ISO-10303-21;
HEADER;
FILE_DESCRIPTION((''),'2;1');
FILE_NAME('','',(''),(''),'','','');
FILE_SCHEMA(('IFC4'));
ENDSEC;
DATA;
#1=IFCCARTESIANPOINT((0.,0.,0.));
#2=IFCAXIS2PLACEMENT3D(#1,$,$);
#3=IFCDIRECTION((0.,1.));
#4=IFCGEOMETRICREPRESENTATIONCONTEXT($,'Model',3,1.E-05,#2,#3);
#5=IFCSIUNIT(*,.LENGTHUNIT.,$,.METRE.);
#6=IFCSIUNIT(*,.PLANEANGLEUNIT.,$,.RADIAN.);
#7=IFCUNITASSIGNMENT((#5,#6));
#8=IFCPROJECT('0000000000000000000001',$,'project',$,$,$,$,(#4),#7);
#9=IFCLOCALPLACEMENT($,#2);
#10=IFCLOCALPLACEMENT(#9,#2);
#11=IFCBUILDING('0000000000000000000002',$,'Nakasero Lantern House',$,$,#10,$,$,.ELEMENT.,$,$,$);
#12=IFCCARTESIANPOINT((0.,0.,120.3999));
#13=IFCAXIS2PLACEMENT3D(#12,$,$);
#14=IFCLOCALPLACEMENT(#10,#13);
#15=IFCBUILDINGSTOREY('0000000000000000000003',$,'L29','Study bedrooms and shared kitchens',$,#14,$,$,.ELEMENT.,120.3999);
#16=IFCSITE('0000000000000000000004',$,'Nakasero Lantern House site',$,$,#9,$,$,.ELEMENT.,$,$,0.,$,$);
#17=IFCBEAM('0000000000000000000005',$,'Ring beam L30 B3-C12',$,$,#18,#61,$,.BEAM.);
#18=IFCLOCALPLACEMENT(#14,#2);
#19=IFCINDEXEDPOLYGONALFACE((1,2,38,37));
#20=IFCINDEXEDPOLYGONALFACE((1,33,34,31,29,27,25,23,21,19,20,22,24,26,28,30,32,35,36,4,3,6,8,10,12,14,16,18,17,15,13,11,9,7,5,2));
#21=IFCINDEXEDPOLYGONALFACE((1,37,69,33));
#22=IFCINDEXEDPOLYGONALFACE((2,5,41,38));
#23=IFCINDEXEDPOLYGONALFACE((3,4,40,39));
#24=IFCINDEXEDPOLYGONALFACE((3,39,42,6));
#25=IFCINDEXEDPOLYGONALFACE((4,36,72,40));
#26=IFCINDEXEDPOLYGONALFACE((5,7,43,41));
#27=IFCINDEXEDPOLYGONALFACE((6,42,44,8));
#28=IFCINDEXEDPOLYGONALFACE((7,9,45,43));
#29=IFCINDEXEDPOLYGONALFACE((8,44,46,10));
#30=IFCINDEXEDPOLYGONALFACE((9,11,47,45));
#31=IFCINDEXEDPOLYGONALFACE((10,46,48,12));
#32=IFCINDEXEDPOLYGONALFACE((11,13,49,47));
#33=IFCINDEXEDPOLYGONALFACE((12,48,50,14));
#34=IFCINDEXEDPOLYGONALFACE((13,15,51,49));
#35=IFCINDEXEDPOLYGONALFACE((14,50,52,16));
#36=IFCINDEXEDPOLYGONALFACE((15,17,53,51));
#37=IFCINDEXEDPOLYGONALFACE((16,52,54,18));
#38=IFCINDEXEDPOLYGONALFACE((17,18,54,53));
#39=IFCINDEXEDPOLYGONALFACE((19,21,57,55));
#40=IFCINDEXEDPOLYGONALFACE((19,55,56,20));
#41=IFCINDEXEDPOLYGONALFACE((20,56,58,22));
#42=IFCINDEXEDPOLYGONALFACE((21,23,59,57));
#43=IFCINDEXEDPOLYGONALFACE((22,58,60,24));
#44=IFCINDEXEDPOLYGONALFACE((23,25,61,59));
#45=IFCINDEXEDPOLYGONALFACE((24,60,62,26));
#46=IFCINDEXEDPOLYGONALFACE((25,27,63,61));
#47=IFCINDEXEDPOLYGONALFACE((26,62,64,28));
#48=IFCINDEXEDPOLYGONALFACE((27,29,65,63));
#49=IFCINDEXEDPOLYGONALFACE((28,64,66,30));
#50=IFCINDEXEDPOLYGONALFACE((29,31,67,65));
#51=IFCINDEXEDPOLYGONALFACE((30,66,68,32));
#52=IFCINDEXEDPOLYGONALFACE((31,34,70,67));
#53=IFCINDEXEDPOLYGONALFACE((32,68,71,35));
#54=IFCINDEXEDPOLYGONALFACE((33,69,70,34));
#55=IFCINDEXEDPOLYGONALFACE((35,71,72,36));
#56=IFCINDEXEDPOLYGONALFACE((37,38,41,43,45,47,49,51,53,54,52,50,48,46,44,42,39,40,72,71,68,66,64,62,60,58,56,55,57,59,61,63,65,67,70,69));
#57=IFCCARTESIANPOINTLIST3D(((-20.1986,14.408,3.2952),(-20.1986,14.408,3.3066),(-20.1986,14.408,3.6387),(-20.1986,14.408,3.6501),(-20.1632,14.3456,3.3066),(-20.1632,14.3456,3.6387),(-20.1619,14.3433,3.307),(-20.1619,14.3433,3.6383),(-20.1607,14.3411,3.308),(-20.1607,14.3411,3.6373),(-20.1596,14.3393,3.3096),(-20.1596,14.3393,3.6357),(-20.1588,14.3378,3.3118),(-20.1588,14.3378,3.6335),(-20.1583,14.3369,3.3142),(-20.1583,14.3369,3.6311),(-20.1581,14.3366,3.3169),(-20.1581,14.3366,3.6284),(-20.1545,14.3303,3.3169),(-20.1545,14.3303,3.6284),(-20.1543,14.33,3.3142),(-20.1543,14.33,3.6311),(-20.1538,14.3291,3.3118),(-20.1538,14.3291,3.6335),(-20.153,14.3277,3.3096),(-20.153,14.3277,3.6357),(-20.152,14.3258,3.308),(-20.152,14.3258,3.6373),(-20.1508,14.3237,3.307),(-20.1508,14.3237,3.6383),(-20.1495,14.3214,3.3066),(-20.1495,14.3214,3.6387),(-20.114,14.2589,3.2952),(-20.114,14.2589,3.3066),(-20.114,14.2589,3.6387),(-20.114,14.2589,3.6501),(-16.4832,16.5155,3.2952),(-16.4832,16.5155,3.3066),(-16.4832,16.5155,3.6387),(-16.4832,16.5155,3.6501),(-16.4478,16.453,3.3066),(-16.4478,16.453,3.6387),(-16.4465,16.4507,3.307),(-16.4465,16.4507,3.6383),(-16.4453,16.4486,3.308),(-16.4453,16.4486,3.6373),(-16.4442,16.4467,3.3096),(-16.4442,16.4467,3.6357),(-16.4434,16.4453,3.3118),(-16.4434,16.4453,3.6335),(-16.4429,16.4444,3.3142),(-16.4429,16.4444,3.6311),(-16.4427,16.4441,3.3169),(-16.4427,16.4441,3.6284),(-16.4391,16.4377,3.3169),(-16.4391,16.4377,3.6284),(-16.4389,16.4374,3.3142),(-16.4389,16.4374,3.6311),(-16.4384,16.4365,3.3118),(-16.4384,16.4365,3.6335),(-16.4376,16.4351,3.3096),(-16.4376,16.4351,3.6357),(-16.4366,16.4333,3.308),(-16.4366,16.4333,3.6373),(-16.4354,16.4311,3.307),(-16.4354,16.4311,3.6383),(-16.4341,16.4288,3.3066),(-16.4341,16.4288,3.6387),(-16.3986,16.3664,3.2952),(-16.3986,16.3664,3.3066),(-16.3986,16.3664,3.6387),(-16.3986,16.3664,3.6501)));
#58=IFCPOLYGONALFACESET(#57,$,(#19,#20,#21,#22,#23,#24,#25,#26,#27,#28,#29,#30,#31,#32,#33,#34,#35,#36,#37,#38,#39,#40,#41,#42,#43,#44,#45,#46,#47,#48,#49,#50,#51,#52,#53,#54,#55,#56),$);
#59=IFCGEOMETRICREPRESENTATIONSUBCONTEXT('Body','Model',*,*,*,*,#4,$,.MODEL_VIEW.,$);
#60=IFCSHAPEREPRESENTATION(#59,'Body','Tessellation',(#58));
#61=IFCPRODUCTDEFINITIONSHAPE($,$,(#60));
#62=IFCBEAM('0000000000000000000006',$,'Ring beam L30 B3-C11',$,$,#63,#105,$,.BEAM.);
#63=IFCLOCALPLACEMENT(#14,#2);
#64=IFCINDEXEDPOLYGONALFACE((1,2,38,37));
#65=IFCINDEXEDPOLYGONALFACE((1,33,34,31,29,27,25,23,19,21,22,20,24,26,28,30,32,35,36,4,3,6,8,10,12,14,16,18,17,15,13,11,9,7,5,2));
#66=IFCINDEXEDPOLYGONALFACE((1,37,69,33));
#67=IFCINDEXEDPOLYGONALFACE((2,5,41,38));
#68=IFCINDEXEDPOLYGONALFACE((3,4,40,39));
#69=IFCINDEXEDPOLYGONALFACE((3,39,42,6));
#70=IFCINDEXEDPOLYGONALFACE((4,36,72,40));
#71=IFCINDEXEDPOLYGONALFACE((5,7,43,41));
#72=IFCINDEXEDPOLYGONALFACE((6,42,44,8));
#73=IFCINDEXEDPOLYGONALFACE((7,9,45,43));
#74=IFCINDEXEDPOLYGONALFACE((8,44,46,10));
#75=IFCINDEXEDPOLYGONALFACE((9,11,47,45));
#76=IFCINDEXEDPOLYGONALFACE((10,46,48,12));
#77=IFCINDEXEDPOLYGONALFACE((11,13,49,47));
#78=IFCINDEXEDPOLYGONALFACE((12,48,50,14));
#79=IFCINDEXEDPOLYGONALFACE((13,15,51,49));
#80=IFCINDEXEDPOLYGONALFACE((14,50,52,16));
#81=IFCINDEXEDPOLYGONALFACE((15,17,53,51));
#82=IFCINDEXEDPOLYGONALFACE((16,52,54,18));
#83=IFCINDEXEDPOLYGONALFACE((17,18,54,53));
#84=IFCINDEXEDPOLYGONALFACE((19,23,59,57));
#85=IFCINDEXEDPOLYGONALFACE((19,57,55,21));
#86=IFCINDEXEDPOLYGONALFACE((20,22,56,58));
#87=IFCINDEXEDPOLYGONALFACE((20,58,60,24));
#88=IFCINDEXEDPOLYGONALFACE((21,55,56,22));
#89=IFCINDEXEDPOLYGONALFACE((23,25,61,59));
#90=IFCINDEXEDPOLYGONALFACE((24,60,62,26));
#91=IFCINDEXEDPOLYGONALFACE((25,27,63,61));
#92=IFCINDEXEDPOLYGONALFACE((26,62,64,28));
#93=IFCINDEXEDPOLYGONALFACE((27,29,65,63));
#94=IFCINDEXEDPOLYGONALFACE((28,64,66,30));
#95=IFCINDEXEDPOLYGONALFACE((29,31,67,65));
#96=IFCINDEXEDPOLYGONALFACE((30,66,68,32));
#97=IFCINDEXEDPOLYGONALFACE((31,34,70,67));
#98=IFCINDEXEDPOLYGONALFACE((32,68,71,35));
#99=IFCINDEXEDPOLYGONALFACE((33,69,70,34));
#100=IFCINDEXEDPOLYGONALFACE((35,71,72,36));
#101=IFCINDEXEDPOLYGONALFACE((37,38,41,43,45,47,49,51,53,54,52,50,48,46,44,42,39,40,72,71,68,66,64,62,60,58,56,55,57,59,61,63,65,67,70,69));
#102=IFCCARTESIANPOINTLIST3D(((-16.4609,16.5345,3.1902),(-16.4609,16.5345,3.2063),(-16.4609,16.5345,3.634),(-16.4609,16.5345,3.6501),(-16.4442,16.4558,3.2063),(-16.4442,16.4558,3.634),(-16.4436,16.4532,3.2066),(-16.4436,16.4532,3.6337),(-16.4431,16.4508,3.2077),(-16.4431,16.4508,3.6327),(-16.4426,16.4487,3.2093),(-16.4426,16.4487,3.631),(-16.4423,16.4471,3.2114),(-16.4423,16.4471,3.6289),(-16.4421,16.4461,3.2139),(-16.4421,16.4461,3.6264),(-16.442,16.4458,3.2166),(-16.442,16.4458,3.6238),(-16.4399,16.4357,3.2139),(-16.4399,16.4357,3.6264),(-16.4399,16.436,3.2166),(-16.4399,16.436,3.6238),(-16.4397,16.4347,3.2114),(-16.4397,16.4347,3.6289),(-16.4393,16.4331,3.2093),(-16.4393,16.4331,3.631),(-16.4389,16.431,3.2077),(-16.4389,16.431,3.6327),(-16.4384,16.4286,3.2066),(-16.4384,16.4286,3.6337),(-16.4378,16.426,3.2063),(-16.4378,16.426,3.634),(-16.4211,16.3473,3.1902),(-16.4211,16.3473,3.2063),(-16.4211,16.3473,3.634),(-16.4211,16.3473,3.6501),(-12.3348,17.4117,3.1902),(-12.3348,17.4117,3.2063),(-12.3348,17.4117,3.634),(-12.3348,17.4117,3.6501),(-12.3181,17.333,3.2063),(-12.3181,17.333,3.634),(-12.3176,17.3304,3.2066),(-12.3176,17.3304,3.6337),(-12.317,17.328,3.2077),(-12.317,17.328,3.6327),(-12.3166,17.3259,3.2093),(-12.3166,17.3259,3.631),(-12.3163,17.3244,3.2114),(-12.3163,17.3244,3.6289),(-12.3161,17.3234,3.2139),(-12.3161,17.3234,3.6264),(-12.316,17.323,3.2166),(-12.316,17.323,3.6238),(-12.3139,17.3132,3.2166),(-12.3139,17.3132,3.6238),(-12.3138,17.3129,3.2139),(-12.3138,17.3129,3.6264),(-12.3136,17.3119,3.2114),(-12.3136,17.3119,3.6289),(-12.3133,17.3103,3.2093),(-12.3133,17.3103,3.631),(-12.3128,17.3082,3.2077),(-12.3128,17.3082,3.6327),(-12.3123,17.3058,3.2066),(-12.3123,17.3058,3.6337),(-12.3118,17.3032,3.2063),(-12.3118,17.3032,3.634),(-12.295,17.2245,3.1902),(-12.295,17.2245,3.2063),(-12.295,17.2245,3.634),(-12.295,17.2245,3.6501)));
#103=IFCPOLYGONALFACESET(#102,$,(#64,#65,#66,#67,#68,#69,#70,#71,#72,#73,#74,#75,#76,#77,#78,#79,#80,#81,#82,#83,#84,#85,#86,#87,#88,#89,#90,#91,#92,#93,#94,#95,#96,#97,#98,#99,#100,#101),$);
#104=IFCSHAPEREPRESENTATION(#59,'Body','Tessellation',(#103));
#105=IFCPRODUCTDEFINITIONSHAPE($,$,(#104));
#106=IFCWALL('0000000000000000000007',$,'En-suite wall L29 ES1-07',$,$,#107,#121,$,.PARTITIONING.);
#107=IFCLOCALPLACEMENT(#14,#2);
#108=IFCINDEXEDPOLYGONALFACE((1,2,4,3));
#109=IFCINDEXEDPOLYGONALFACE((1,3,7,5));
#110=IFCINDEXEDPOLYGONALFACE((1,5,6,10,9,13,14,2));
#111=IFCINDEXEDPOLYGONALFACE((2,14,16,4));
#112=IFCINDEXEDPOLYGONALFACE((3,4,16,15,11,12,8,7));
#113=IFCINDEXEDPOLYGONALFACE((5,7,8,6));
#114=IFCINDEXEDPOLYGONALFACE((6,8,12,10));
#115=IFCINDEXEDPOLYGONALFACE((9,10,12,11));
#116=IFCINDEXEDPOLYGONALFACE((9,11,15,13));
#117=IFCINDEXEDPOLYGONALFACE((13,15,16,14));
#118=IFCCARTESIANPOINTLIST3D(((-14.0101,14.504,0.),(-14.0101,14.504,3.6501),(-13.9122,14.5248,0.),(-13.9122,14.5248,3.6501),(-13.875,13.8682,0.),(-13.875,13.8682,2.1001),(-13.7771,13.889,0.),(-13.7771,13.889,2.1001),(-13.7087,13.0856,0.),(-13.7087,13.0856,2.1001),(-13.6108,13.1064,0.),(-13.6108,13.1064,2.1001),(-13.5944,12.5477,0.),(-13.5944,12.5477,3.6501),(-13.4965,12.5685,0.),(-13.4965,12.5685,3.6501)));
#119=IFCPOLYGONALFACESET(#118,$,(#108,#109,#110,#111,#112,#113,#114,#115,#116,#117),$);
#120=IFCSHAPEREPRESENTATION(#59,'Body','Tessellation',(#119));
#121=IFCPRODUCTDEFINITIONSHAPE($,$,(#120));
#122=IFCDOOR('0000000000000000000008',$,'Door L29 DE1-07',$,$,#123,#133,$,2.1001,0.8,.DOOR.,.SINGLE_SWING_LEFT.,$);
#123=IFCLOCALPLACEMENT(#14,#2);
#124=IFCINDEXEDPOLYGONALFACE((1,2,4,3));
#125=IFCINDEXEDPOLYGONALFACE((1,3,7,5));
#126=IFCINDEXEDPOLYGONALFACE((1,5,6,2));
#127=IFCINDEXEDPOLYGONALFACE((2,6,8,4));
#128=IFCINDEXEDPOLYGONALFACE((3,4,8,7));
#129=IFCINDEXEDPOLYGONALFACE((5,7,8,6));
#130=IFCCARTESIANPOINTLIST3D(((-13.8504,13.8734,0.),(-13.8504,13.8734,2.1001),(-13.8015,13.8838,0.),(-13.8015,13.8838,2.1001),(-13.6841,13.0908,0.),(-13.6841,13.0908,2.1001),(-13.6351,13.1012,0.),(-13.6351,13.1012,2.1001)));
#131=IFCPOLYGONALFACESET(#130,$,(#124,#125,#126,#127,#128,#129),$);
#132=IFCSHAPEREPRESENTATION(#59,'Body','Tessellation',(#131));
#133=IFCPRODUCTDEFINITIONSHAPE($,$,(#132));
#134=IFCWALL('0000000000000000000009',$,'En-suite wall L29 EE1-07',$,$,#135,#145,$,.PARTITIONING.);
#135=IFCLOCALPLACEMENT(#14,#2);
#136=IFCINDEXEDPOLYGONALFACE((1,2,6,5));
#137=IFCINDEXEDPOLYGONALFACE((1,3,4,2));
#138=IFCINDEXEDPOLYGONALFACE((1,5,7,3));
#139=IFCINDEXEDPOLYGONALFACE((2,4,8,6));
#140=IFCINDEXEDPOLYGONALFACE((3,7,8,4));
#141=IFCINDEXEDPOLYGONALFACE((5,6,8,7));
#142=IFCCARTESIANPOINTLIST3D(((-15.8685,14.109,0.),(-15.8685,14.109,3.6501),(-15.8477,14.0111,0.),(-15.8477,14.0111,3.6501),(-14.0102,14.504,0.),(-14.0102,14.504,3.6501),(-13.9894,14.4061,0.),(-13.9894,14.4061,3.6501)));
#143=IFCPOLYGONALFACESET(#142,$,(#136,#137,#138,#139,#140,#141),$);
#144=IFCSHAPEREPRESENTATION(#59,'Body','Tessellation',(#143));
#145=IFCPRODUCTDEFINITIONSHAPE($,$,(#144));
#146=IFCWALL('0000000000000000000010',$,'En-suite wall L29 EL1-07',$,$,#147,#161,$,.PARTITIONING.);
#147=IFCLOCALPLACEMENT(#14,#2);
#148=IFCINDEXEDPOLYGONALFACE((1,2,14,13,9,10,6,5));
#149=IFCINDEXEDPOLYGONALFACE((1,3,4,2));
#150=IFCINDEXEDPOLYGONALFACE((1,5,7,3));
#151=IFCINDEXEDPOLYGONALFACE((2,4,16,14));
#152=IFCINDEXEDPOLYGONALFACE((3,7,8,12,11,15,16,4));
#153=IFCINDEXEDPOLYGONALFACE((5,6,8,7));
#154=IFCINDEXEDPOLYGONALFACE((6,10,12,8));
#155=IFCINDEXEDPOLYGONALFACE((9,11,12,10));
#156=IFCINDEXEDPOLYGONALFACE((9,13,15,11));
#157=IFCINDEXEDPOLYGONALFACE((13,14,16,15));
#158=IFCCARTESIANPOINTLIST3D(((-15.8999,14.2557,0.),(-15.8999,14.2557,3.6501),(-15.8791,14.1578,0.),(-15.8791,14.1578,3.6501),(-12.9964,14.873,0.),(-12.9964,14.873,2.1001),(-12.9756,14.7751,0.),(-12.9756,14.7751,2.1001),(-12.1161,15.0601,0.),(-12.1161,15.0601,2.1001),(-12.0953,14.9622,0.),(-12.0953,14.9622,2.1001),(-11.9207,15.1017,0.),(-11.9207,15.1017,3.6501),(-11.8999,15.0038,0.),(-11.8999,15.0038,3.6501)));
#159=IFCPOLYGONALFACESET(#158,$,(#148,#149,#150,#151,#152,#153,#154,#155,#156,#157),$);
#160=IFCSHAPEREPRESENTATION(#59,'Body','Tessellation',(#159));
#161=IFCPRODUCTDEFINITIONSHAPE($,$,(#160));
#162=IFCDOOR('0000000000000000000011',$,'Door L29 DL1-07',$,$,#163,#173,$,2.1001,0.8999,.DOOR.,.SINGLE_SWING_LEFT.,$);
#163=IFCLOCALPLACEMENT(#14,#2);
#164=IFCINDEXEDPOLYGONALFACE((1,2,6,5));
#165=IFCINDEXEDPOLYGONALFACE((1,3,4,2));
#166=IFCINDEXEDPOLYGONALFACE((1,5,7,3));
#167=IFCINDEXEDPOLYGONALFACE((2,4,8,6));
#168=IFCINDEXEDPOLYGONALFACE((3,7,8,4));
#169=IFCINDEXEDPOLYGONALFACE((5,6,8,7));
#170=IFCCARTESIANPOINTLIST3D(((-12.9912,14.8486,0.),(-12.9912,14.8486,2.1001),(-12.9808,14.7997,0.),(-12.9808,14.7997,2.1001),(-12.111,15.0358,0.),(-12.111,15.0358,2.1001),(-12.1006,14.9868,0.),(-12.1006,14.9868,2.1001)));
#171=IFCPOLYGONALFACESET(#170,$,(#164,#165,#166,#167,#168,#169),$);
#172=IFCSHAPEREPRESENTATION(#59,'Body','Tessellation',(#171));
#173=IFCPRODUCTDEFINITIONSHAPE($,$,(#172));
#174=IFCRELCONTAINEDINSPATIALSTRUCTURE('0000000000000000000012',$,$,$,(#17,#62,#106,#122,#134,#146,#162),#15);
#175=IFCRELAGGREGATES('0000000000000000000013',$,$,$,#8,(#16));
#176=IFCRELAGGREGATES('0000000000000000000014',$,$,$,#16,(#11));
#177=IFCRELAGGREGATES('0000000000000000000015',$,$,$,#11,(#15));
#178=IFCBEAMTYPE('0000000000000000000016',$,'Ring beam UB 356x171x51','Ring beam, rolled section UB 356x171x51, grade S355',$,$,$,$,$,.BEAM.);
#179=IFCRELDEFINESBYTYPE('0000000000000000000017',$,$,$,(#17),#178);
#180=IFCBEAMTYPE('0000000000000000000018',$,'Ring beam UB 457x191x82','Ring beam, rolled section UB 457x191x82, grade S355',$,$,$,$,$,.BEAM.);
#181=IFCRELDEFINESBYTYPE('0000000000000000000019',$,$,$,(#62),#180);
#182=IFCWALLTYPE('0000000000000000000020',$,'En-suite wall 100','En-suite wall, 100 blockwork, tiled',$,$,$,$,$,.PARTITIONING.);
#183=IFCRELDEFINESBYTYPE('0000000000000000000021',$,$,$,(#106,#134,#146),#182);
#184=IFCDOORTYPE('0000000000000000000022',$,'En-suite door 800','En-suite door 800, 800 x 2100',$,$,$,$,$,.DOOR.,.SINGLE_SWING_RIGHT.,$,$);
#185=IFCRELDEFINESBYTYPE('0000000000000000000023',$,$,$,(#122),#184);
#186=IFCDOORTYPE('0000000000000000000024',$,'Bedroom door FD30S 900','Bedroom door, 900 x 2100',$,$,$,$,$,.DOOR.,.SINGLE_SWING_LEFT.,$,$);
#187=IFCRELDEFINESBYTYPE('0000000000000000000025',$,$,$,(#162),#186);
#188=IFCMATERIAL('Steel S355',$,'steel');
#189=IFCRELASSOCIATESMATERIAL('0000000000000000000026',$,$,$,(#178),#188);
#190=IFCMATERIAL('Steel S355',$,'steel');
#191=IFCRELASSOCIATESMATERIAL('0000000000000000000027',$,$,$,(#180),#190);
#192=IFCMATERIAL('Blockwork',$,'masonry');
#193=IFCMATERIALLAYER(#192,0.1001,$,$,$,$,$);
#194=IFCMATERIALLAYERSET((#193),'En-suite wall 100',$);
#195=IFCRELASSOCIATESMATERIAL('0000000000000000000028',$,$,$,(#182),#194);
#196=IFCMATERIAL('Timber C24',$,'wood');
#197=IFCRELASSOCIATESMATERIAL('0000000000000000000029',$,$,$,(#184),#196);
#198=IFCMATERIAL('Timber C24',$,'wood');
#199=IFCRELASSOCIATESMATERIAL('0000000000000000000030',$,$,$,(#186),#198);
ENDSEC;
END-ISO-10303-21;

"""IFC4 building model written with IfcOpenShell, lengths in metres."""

from ifc_helpers import new_model, si_unit, direction, frame, frame_2d, origin, origin_2d, place, context, subcontext, project, spatial, rectangle, i_section, extrude, material, layer, layer_set, material_profile, profile_set, type_object, element, fill, save


model = new_model("IFC4")

# Units and contexts
model_context = context("Model", 3, precision=1e-05, world=origin(), true_north=direction((0.0, 1.0)))
body_context = subcontext(model_context, "Body", "Model", "MODEL_VIEW")
ifc_project = project(units=[si_unit("LENGTHUNIT", "METRE"), si_unit("PLANEANGLEUNIT", "RADIAN")], contexts=[model_context])

# Site, building, storey
site_placement = place(None, origin())
site = spatial("IfcSite", under=ifc_project, at=site_placement, Name="Nakasero Lantern House site", CompositionType="ELEMENT", RefElevation=0.0)
building_placement = place(site_placement, origin())
building = spatial("IfcBuilding", under=site, at=building_placement, Name="Nakasero Lantern House", CompositionType="ELEMENT")
storey_placement = place(building_placement, frame((0.0, 0.0, 120.3999)))
storey = spatial("IfcBuildingStorey", under=building, at=storey_placement, Name="L29", Description="Study bedrooms and shared kitchens", CompositionType="ELEMENT", Elevation=120.3999)

# Beams
ifc_material_1 = material(Name="Steel S355", Category="steel")
ifc_material_profile_1 = material_profile(ifc_material_1, i_section(OverallWidth=0.1714, OverallDepth=0.355, WebThickness=0.0073, FlangeThickness=0.0115, FilletRadius=0.0103, at=origin_2d()), Name="UB 356x171x51")
ifc_profile_set_1 = profile_set([ifc_material_profile_1], Name="Steel S355")
beam_type_1 = type_object("IfcBeamType", Name="Ring beam UB 356x171x51", Description="Ring beam, rolled section UB 356x171x51, grade S355", PredefinedType="BEAM", material=ifc_profile_set_1)
beam_1_placement = place(storey_placement, frame((-16.4409, 16.4409, 3.4727), z_axis=(-0.869815, -0.493379, 0.0), x_axis=(0.493379, -0.869815, 0.0)))
element("IfcBeam", 1, at=beam_1_placement, inside=storey, type_object=beam_type_1, Name="Ring beam L30 B3-C12", PredefinedType="BEAM", context=body_context, shape_type="SweptSolid", body=[
    extrude(i_section(OverallWidth=0.1714, OverallDepth=0.355, WebThickness=0.0073, FlangeThickness=0.0115, FilletRadius=0.0103, at=origin_2d()), origin(), (0.0, 0.0, 1.0), 4.2715),
])
ifc_material_2 = material(Name="Steel S355", Category="steel")
ifc_material_profile_2 = material_profile(ifc_material_2, i_section(OverallWidth=0.1914, OverallDepth=0.46, WebThickness=0.01, FlangeThickness=0.0161, FilletRadius=0.0103, at=origin_2d()), Name="UB 457x191x82")
ifc_profile_set_2 = profile_set([ifc_material_profile_2], Name="Steel S355")
beam_type_2 = type_object("IfcBeamType", Name="Ring beam UB 457x191x82", Description="Ring beam, rolled section UB 457x191x82, grade S355", PredefinedType="BEAM", material=ifc_profile_set_2)
beam_2_placement = place(storey_placement, frame((-12.3149, 17.3181, 3.4202), z_axis=(-0.978138, -0.207956, 0.0), x_axis=(0.207956, -0.978138, 0.0)))
element("IfcBeam", 2, at=beam_2_placement, inside=storey, type_object=beam_type_2, Name="Ring beam L30 B3-C11", PredefinedType="BEAM", context=body_context, shape_type="SweptSolid", body=[
    extrude(i_section(OverallWidth=0.1914, OverallDepth=0.46, WebThickness=0.01, FlangeThickness=0.0161, FilletRadius=0.0103, at=origin_2d()), origin(), (0.0, 0.0, 1.0), 4.2183),
])

# Wall, opening, door
ifc_material_3 = material(Name="Blockwork", Category="masonry")
ifc_layer_1 = layer(ifc_material_3, 0.1001)
ifc_layer_set_1 = layer_set([ifc_layer_1], Name="En-suite wall 100")
wall_type_1 = type_object("IfcWallType", Name="En-suite wall 100", Description="En-suite wall, 100 blockwork, tiled", PredefinedType="PARTITIONING", material=ifc_layer_set_1)
wall_1_placement = place(storey_placement, frame((-13.5454, 12.5581, 0.0), z_axis=(0.0, 0.0, 1.0), x_axis=(-0.207886, 0.978153, 0.0)))
wall_1 = element("IfcWall", 3, at=wall_1_placement, inside=storey, type_object=wall_type_1, Name="En-suite wall L29 ES1-07", PredefinedType="PARTITIONING", context=body_context, shape_type="SweptSolid", body=[
    extrude(rectangle(XDim=2.0, YDim=0.1001, at=frame_2d((1.0, 0.0))), origin(), (0.0, 0.0, 1.0), 3.6501),
])
opening_1_placement = place(wall_1_placement, frame((0.55, 0.0, 0.0)))
opening_1 = element("IfcOpeningElement", 4, at=opening_1_placement, cuts=wall_1, PredefinedType="OPENING", context=body_context, shape_type="SweptSolid", body=[
    extrude(rectangle(XDim=0.8, YDim=2.1001, at=frame_2d((0.3999, 1.05))), frame((0.0, 0.0701, 0.0), z_axis=(0.0, -1.0, 0.0), x_axis=(1.0, 0.0, 0.0)), (0.0, 0.0, 1.0), 0.1401),
])
ifc_material_4 = material(Name="Timber C24", Category="wood")
door_type_1 = type_object("IfcDoorType", Name="En-suite door 800", Description="En-suite door 800, 800 x 2100", OperationType="SINGLE_SWING_RIGHT", PredefinedType="DOOR", material=ifc_material_4)
door_1_placement = place(opening_1_placement, origin())
door_1 = element("IfcDoor", 5, at=door_1_placement, inside=storey, type_object=door_type_1, Name="Door L29 DE1-07", OperationType="SINGLE_SWING_LEFT", OverallHeight=2.1001, OverallWidth=0.8, PredefinedType="DOOR", context=body_context, shape_type="SweptSolid", body=[
    extrude(rectangle(XDim=0.8, YDim=2.1001, at=frame_2d((0.3999, 1.05))), frame((0.0, 0.0249, 0.0), z_axis=(0.0, -1.0, 0.0), x_axis=(1.0, 0.0, 0.0)), (0.0, 0.0, 1.0), 0.05),
])
fill(opening_1, door_1)

# Wall
wall_2_placement = place(storey_placement, frame((-13.9998, 14.4551, 0.0), z_axis=(0.0, 0.0, 1.0), x_axis=(-0.978147, -0.207914, 0.0)))
element("IfcWall", 6, at=wall_2_placement, inside=storey, type_object=wall_type_1, Name="En-suite wall L29 EE1-07", PredefinedType="PARTITIONING", context=body_context, shape_type="SweptSolid", body=[
    extrude(rectangle(XDim=1.8999, YDim=0.1001, at=frame_2d((0.95, 0.0))), origin(), (0.0, 0.0, 1.0), 3.6501),
])

# Wall, opening, door
wall_3_placement = place(storey_placement, frame((-11.9102, 15.0527, 0.0), z_axis=(0.0, 0.0, 1.0), x_axis=(-0.978141, -0.207943, 0.0)))
wall_3 = element("IfcWall", 7, at=wall_3_placement, inside=storey, type_object=wall_type_1, Name="En-suite wall L29 EL1-07", PredefinedType="PARTITIONING", context=body_context, shape_type="SweptSolid", body=[
    extrude(rectangle(XDim=4.0681, YDim=0.1001, at=frame_2d((2.0342, 0.0))), origin(), (0.0, 0.0, 1.0), 3.6501),
])
opening_2_placement = place(wall_3_placement, frame((0.2, 0.0, 0.0)))
opening_2 = element("IfcOpeningElement", 8, at=opening_2_placement, cuts=wall_3, PredefinedType="OPENING", context=body_context, shape_type="SweptSolid", body=[
    extrude(rectangle(XDim=0.8999, YDim=2.1001, at=frame_2d((0.45, 1.05))), frame((0.0, 0.0701, 0.0), z_axis=(0.0, -1.0, 0.0), x_axis=(1.0, 0.0, 0.0)), (0.0, 0.0, 1.0), 0.1401),
])
ifc_material_5 = material(Name="Timber C24", Category="wood")
door_type_2 = type_object("IfcDoorType", Name="Bedroom door FD30S 900", Description="Bedroom door, 900 x 2100", OperationType="SINGLE_SWING_LEFT", PredefinedType="DOOR", material=ifc_material_5)
door_2_placement = place(opening_2_placement, origin())
door_2 = element("IfcDoor", 9, at=door_2_placement, inside=storey, type_object=door_type_2, Name="Door L29 DL1-07", OperationType="SINGLE_SWING_LEFT", OverallHeight=2.1001, OverallWidth=0.8999, PredefinedType="DOOR", context=body_context, shape_type="SweptSolid", body=[
    extrude(rectangle(XDim=0.8999, YDim=2.1001, at=frame_2d((0.45, 1.05))), frame((0.0, 0.0249, 0.0), z_axis=(0.0, -1.0, 0.0), x_axis=(1.0, 0.0, 0.0)), (0.0, 0.0, 1.0), 0.05),
])
fill(opening_2, door_2)

save(model, "model.ifc")
